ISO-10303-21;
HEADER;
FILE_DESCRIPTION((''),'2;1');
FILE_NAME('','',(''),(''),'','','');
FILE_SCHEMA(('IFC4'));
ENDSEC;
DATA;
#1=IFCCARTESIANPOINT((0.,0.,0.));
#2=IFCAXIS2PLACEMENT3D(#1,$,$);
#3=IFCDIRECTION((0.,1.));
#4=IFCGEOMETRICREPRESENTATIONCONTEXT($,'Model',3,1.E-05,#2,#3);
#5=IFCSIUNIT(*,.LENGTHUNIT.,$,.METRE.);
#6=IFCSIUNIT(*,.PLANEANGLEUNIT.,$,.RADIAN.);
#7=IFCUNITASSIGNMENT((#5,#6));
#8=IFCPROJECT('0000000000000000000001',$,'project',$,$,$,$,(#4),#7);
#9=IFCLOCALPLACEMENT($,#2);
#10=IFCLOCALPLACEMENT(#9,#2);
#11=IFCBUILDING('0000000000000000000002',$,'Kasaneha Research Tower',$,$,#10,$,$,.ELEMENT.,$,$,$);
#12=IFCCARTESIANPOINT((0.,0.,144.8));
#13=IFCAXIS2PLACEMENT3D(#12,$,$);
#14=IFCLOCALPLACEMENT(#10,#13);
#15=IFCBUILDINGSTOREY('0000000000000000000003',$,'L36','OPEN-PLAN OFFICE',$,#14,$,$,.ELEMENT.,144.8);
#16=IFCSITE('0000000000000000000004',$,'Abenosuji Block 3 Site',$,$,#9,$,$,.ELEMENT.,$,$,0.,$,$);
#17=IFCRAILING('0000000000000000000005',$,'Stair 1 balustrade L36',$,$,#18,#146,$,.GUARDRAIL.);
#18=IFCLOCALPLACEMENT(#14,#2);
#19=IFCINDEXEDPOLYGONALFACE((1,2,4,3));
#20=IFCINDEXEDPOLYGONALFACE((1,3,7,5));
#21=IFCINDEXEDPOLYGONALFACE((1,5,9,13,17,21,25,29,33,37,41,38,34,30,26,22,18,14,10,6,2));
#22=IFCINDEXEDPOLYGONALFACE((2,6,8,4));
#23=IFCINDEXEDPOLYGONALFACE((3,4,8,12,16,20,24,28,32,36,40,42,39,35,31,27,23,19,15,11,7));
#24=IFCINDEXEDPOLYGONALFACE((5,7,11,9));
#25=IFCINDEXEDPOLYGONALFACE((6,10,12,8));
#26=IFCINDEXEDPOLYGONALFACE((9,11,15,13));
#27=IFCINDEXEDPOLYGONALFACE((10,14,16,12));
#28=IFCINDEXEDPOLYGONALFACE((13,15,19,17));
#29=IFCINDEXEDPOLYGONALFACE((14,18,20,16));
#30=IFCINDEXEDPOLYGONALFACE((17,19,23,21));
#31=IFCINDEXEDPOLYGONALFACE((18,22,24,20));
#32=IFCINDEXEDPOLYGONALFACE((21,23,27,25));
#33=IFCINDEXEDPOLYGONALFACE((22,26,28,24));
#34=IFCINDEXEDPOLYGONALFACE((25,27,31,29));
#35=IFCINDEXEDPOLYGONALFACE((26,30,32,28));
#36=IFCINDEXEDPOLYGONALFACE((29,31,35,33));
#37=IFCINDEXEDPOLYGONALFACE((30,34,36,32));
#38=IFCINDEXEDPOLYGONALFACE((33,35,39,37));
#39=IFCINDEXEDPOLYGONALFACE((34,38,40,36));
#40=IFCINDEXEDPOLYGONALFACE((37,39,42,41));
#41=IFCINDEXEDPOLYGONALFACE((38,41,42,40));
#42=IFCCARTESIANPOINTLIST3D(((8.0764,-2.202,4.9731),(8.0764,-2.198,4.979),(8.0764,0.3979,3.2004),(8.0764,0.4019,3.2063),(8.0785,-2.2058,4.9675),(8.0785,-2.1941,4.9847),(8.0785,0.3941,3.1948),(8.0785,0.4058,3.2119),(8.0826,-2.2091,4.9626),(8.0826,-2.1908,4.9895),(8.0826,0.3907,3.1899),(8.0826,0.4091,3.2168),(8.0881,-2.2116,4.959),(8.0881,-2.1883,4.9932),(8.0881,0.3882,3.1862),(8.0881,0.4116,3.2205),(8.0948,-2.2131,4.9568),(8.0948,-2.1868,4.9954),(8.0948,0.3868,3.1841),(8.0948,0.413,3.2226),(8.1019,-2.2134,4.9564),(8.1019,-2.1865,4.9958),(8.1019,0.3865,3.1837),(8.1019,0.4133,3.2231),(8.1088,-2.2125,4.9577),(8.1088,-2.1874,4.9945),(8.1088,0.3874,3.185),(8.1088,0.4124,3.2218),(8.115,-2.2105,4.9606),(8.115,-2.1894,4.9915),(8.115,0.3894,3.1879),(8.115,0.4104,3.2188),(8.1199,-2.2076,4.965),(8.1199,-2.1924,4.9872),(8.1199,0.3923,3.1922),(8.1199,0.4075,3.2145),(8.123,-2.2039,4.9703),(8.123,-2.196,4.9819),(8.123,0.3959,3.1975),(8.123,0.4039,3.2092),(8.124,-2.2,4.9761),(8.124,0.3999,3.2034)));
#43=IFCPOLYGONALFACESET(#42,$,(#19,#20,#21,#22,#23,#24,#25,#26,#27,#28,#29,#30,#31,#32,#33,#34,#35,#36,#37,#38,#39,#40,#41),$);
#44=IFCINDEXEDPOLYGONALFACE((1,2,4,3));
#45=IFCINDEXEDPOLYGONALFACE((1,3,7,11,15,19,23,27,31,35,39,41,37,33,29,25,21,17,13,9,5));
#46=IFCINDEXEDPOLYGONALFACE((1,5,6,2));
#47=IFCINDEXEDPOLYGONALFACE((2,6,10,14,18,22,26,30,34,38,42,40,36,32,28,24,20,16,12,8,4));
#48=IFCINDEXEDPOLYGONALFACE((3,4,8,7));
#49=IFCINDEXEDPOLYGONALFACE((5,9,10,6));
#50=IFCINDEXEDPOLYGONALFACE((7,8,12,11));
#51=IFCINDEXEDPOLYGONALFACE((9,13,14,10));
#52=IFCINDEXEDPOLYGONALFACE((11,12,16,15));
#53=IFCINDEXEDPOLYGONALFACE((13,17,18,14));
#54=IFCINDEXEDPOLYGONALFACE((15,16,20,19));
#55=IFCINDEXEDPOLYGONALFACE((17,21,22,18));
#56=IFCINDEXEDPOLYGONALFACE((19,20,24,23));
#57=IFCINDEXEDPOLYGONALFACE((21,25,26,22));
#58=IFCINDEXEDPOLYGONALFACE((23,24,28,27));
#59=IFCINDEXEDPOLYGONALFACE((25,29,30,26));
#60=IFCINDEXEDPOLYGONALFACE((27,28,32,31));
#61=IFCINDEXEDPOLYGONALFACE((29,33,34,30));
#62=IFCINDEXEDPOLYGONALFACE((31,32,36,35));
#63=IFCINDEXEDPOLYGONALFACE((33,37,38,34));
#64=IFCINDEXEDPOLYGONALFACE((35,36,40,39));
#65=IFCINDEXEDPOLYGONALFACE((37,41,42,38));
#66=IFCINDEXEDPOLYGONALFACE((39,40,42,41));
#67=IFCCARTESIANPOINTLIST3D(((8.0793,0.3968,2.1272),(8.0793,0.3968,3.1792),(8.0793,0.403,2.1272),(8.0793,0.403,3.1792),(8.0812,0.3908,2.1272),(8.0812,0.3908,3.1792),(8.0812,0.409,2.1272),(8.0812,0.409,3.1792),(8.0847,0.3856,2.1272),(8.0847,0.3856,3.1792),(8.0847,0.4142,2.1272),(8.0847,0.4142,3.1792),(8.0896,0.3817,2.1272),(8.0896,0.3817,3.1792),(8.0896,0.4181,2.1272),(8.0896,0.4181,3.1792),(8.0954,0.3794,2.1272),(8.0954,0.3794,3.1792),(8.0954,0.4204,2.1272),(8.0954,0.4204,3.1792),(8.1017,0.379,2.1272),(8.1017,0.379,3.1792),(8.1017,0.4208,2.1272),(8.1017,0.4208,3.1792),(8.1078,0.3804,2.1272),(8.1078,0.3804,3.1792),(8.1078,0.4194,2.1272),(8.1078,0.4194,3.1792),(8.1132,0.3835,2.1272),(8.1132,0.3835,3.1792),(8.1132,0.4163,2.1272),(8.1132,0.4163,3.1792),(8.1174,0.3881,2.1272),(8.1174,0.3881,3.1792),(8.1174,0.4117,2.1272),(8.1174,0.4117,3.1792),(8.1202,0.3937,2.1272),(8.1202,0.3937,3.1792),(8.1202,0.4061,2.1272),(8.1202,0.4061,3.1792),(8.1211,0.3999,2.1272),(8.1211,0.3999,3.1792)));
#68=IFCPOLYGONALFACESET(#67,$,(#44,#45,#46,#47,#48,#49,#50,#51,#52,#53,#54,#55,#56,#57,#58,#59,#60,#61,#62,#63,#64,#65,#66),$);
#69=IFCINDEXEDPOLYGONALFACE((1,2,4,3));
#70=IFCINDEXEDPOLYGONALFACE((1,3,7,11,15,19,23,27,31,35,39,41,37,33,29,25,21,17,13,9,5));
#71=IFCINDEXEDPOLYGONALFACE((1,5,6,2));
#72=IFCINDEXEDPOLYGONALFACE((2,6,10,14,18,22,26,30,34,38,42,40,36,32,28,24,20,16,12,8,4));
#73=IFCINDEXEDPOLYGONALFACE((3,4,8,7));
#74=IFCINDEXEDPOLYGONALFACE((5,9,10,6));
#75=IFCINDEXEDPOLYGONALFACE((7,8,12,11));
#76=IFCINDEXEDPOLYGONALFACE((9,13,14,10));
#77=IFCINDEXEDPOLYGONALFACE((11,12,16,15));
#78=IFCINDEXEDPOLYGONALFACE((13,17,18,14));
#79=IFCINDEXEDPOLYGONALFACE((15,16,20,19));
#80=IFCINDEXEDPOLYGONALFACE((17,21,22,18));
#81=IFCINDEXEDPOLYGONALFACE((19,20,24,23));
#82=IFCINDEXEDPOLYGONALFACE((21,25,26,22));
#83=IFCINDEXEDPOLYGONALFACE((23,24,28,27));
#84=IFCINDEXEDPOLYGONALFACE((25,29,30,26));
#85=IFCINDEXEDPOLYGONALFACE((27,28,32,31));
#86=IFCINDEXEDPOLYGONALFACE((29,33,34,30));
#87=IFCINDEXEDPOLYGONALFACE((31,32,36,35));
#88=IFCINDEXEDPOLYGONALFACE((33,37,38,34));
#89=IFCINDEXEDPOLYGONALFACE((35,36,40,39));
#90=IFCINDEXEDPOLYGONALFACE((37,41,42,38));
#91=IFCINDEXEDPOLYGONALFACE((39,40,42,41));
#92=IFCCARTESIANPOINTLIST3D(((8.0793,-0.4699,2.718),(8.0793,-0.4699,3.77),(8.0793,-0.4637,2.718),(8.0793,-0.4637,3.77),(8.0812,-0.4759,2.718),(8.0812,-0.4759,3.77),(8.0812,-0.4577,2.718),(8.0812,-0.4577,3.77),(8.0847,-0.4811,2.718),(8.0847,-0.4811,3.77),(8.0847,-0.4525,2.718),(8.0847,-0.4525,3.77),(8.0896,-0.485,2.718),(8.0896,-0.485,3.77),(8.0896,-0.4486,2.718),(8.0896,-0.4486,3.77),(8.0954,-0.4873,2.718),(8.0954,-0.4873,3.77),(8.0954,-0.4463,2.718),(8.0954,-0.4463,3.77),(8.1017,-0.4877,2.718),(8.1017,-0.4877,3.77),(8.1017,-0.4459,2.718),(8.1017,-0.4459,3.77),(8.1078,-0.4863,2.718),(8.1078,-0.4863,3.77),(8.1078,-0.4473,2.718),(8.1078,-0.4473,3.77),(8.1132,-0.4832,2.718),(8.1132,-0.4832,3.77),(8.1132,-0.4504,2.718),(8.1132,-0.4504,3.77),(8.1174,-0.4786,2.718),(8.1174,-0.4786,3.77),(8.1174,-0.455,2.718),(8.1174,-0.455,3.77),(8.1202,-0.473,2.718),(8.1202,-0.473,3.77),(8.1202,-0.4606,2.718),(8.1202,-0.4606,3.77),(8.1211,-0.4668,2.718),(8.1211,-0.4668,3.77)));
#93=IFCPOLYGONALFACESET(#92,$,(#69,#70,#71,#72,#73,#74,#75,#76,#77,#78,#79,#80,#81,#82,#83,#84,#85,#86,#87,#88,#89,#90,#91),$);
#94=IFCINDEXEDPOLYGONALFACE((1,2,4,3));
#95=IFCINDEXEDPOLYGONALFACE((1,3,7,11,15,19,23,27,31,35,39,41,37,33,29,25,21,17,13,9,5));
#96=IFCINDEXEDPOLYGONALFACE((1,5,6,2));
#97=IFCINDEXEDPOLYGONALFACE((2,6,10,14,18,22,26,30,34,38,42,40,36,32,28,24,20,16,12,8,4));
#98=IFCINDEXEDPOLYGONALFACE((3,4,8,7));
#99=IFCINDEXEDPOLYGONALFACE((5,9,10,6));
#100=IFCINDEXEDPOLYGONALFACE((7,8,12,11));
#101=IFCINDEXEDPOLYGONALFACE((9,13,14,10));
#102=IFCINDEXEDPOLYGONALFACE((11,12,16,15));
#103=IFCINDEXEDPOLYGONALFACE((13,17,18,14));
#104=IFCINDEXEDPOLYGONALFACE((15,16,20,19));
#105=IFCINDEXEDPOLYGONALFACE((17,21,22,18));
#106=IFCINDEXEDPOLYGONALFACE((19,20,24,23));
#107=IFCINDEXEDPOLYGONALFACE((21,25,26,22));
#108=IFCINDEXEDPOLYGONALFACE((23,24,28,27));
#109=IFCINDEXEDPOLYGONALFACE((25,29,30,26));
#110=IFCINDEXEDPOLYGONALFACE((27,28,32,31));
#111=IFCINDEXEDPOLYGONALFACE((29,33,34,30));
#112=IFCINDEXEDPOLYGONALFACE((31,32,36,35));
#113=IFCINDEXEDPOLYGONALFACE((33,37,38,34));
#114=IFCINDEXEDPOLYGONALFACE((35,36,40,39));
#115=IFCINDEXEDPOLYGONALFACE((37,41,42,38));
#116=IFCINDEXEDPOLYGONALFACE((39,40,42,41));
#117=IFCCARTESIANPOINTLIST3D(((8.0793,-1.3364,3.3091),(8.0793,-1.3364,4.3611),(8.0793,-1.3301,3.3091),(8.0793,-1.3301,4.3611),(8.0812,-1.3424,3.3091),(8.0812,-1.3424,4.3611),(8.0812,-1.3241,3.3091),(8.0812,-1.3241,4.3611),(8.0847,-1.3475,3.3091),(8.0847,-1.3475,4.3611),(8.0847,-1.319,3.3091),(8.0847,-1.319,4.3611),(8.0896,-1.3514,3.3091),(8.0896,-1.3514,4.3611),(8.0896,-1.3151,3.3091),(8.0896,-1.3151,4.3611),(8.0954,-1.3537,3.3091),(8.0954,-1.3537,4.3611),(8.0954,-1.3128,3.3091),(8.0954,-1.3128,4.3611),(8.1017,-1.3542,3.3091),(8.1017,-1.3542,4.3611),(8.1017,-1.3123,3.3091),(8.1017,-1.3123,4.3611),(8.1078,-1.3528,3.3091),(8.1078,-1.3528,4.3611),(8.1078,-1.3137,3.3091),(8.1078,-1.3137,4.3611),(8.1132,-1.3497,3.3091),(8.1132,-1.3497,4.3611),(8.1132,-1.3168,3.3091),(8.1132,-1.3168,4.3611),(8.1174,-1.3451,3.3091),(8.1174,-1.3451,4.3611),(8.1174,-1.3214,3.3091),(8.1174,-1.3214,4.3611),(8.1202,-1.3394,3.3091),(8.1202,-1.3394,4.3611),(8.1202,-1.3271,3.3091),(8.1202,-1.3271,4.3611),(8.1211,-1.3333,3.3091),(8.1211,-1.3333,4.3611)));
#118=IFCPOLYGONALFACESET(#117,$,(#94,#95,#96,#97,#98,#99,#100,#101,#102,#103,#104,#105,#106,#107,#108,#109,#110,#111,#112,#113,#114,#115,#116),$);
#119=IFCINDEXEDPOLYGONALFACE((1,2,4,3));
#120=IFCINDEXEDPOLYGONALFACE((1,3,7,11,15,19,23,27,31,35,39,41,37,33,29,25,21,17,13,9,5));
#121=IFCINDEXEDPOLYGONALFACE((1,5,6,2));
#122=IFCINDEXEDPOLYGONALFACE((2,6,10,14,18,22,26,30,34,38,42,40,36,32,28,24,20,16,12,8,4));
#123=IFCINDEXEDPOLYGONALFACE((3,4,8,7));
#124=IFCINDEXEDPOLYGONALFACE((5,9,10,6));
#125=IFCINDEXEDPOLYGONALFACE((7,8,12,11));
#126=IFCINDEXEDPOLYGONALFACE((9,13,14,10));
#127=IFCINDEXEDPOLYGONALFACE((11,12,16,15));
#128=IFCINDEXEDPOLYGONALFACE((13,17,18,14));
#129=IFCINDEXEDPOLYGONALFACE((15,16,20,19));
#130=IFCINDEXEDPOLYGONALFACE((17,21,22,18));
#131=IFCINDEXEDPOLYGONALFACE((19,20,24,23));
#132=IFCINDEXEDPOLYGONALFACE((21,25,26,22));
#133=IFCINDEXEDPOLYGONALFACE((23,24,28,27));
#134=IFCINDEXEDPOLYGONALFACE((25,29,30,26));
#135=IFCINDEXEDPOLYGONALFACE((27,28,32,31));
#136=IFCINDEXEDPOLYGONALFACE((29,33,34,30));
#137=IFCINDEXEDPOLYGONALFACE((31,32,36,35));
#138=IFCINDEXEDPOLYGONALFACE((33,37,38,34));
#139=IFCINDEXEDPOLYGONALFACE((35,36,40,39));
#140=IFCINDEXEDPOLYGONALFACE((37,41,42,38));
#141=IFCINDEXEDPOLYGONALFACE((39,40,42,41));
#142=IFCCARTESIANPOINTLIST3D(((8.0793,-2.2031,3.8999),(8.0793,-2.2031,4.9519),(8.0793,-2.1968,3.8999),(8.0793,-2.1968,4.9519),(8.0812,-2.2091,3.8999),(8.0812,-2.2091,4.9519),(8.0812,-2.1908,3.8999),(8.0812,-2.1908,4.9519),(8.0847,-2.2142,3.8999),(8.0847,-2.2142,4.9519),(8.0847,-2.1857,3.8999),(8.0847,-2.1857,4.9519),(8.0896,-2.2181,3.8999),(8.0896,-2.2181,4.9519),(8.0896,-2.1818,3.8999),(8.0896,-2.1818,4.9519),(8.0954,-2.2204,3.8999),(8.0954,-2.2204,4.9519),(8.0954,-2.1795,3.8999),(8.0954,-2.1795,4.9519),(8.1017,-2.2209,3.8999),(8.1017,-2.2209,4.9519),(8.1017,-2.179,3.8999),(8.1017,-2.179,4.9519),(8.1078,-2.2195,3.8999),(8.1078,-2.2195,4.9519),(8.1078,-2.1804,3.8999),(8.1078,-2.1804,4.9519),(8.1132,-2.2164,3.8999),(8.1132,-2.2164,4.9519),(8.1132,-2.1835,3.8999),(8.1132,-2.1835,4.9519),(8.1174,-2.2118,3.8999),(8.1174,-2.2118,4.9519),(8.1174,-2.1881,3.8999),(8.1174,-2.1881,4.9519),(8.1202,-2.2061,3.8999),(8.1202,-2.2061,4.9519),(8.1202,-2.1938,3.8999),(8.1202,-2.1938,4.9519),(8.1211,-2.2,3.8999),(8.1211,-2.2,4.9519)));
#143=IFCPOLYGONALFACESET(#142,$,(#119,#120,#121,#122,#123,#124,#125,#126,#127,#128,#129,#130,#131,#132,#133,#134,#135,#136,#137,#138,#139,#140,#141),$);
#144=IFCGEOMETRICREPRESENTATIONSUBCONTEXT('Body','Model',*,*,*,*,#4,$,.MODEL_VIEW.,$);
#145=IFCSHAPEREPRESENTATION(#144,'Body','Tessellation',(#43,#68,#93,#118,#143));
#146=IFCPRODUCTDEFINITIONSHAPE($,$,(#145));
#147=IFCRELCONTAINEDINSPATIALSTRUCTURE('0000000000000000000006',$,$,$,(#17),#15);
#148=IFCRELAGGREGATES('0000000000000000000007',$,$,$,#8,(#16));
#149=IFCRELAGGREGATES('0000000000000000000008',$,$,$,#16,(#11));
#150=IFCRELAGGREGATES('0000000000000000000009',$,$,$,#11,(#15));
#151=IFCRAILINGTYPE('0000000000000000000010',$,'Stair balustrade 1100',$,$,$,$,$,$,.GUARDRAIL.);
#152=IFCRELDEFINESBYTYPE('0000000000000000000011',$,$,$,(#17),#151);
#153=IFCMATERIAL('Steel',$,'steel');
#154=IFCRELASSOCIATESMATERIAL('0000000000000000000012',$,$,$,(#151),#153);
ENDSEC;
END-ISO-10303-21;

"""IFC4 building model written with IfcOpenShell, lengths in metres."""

from ifc_helpers import new_model, si_unit, direction, frame, origin, origin_2d, place, context, subcontext, project, spatial, circle, extrude, material, type_object, element, save


model = new_model("IFC4")

# Units and contexts
model_context = context("Model", 3, precision=1e-05, world=origin(), true_north=direction((0.0, 1.0)))
body_context = subcontext(model_context, "Body", "Model", "MODEL_VIEW")
ifc_project = project(units=[si_unit("LENGTHUNIT", "METRE"), si_unit("PLANEANGLEUNIT", "RADIAN")], contexts=[model_context])

# Site, building, storey
site_placement = place(None, origin())
site = spatial("IfcSite", under=ifc_project, at=site_placement, Name="Abenosuji Block 3 Site", CompositionType="ELEMENT", RefElevation=0.0)
building_placement = place(site_placement, origin())
building = spatial("IfcBuilding", under=site, at=building_placement, Name="Kasaneha Research Tower", CompositionType="ELEMENT")
storey_placement = place(building_placement, frame((0.0, 0.0, 144.8)))
storey = spatial("IfcBuildingStorey", under=building, at=storey_placement, Name="L36", Description="OPEN-PLAN OFFICE", CompositionType="ELEMENT", Elevation=144.8)

# Railing
ifc_material_1 = material(Name="Steel", Category="steel")
railing_type_1 = type_object("IfcRailingType", Name="Stair balustrade 1100", PredefinedType="GUARDRAIL", material=ifc_material_1)
railing_1_placement = place(storey_placement, frame((8.1001, 0.3999, 2.1272)))
element("IfcRailing", 1, at=railing_1_placement, inside=storey, type_object=railing_type_1, Name="Stair 1 balustrade L36", PredefinedType="GUARDRAIL", context=body_context, shape_type="SweptSolid", body=[
    extrude(circle(Radius=0.0239, at=origin_2d()), frame((0.0, 0.0, 1.0762), z_axis=(0.0, -0.826216, 0.563354), x_axis=(1.0, 0.0, 0.0)), (0.0, 0.0, 1.0), 3.1467),
    extrude(circle(Radius=0.021, at=origin_2d()), origin(), (0.0, 0.0, 1.0), 1.052),
    extrude(circle(Radius=0.021, at=origin_2d()), frame((0.0, -0.8667, 0.5908)), (0.0, 0.0, 1.0), 1.052),
    extrude(circle(Radius=0.021, at=origin_2d()), frame((0.0, -1.7332, 1.1819)), (0.0, 0.0, 1.0), 1.052),
    extrude(circle(Radius=0.021, at=origin_2d()), frame((0.0, -2.5999, 1.7727)), (0.0, 0.0, 1.0), 1.052),
])

save(model, "model.ifc")
